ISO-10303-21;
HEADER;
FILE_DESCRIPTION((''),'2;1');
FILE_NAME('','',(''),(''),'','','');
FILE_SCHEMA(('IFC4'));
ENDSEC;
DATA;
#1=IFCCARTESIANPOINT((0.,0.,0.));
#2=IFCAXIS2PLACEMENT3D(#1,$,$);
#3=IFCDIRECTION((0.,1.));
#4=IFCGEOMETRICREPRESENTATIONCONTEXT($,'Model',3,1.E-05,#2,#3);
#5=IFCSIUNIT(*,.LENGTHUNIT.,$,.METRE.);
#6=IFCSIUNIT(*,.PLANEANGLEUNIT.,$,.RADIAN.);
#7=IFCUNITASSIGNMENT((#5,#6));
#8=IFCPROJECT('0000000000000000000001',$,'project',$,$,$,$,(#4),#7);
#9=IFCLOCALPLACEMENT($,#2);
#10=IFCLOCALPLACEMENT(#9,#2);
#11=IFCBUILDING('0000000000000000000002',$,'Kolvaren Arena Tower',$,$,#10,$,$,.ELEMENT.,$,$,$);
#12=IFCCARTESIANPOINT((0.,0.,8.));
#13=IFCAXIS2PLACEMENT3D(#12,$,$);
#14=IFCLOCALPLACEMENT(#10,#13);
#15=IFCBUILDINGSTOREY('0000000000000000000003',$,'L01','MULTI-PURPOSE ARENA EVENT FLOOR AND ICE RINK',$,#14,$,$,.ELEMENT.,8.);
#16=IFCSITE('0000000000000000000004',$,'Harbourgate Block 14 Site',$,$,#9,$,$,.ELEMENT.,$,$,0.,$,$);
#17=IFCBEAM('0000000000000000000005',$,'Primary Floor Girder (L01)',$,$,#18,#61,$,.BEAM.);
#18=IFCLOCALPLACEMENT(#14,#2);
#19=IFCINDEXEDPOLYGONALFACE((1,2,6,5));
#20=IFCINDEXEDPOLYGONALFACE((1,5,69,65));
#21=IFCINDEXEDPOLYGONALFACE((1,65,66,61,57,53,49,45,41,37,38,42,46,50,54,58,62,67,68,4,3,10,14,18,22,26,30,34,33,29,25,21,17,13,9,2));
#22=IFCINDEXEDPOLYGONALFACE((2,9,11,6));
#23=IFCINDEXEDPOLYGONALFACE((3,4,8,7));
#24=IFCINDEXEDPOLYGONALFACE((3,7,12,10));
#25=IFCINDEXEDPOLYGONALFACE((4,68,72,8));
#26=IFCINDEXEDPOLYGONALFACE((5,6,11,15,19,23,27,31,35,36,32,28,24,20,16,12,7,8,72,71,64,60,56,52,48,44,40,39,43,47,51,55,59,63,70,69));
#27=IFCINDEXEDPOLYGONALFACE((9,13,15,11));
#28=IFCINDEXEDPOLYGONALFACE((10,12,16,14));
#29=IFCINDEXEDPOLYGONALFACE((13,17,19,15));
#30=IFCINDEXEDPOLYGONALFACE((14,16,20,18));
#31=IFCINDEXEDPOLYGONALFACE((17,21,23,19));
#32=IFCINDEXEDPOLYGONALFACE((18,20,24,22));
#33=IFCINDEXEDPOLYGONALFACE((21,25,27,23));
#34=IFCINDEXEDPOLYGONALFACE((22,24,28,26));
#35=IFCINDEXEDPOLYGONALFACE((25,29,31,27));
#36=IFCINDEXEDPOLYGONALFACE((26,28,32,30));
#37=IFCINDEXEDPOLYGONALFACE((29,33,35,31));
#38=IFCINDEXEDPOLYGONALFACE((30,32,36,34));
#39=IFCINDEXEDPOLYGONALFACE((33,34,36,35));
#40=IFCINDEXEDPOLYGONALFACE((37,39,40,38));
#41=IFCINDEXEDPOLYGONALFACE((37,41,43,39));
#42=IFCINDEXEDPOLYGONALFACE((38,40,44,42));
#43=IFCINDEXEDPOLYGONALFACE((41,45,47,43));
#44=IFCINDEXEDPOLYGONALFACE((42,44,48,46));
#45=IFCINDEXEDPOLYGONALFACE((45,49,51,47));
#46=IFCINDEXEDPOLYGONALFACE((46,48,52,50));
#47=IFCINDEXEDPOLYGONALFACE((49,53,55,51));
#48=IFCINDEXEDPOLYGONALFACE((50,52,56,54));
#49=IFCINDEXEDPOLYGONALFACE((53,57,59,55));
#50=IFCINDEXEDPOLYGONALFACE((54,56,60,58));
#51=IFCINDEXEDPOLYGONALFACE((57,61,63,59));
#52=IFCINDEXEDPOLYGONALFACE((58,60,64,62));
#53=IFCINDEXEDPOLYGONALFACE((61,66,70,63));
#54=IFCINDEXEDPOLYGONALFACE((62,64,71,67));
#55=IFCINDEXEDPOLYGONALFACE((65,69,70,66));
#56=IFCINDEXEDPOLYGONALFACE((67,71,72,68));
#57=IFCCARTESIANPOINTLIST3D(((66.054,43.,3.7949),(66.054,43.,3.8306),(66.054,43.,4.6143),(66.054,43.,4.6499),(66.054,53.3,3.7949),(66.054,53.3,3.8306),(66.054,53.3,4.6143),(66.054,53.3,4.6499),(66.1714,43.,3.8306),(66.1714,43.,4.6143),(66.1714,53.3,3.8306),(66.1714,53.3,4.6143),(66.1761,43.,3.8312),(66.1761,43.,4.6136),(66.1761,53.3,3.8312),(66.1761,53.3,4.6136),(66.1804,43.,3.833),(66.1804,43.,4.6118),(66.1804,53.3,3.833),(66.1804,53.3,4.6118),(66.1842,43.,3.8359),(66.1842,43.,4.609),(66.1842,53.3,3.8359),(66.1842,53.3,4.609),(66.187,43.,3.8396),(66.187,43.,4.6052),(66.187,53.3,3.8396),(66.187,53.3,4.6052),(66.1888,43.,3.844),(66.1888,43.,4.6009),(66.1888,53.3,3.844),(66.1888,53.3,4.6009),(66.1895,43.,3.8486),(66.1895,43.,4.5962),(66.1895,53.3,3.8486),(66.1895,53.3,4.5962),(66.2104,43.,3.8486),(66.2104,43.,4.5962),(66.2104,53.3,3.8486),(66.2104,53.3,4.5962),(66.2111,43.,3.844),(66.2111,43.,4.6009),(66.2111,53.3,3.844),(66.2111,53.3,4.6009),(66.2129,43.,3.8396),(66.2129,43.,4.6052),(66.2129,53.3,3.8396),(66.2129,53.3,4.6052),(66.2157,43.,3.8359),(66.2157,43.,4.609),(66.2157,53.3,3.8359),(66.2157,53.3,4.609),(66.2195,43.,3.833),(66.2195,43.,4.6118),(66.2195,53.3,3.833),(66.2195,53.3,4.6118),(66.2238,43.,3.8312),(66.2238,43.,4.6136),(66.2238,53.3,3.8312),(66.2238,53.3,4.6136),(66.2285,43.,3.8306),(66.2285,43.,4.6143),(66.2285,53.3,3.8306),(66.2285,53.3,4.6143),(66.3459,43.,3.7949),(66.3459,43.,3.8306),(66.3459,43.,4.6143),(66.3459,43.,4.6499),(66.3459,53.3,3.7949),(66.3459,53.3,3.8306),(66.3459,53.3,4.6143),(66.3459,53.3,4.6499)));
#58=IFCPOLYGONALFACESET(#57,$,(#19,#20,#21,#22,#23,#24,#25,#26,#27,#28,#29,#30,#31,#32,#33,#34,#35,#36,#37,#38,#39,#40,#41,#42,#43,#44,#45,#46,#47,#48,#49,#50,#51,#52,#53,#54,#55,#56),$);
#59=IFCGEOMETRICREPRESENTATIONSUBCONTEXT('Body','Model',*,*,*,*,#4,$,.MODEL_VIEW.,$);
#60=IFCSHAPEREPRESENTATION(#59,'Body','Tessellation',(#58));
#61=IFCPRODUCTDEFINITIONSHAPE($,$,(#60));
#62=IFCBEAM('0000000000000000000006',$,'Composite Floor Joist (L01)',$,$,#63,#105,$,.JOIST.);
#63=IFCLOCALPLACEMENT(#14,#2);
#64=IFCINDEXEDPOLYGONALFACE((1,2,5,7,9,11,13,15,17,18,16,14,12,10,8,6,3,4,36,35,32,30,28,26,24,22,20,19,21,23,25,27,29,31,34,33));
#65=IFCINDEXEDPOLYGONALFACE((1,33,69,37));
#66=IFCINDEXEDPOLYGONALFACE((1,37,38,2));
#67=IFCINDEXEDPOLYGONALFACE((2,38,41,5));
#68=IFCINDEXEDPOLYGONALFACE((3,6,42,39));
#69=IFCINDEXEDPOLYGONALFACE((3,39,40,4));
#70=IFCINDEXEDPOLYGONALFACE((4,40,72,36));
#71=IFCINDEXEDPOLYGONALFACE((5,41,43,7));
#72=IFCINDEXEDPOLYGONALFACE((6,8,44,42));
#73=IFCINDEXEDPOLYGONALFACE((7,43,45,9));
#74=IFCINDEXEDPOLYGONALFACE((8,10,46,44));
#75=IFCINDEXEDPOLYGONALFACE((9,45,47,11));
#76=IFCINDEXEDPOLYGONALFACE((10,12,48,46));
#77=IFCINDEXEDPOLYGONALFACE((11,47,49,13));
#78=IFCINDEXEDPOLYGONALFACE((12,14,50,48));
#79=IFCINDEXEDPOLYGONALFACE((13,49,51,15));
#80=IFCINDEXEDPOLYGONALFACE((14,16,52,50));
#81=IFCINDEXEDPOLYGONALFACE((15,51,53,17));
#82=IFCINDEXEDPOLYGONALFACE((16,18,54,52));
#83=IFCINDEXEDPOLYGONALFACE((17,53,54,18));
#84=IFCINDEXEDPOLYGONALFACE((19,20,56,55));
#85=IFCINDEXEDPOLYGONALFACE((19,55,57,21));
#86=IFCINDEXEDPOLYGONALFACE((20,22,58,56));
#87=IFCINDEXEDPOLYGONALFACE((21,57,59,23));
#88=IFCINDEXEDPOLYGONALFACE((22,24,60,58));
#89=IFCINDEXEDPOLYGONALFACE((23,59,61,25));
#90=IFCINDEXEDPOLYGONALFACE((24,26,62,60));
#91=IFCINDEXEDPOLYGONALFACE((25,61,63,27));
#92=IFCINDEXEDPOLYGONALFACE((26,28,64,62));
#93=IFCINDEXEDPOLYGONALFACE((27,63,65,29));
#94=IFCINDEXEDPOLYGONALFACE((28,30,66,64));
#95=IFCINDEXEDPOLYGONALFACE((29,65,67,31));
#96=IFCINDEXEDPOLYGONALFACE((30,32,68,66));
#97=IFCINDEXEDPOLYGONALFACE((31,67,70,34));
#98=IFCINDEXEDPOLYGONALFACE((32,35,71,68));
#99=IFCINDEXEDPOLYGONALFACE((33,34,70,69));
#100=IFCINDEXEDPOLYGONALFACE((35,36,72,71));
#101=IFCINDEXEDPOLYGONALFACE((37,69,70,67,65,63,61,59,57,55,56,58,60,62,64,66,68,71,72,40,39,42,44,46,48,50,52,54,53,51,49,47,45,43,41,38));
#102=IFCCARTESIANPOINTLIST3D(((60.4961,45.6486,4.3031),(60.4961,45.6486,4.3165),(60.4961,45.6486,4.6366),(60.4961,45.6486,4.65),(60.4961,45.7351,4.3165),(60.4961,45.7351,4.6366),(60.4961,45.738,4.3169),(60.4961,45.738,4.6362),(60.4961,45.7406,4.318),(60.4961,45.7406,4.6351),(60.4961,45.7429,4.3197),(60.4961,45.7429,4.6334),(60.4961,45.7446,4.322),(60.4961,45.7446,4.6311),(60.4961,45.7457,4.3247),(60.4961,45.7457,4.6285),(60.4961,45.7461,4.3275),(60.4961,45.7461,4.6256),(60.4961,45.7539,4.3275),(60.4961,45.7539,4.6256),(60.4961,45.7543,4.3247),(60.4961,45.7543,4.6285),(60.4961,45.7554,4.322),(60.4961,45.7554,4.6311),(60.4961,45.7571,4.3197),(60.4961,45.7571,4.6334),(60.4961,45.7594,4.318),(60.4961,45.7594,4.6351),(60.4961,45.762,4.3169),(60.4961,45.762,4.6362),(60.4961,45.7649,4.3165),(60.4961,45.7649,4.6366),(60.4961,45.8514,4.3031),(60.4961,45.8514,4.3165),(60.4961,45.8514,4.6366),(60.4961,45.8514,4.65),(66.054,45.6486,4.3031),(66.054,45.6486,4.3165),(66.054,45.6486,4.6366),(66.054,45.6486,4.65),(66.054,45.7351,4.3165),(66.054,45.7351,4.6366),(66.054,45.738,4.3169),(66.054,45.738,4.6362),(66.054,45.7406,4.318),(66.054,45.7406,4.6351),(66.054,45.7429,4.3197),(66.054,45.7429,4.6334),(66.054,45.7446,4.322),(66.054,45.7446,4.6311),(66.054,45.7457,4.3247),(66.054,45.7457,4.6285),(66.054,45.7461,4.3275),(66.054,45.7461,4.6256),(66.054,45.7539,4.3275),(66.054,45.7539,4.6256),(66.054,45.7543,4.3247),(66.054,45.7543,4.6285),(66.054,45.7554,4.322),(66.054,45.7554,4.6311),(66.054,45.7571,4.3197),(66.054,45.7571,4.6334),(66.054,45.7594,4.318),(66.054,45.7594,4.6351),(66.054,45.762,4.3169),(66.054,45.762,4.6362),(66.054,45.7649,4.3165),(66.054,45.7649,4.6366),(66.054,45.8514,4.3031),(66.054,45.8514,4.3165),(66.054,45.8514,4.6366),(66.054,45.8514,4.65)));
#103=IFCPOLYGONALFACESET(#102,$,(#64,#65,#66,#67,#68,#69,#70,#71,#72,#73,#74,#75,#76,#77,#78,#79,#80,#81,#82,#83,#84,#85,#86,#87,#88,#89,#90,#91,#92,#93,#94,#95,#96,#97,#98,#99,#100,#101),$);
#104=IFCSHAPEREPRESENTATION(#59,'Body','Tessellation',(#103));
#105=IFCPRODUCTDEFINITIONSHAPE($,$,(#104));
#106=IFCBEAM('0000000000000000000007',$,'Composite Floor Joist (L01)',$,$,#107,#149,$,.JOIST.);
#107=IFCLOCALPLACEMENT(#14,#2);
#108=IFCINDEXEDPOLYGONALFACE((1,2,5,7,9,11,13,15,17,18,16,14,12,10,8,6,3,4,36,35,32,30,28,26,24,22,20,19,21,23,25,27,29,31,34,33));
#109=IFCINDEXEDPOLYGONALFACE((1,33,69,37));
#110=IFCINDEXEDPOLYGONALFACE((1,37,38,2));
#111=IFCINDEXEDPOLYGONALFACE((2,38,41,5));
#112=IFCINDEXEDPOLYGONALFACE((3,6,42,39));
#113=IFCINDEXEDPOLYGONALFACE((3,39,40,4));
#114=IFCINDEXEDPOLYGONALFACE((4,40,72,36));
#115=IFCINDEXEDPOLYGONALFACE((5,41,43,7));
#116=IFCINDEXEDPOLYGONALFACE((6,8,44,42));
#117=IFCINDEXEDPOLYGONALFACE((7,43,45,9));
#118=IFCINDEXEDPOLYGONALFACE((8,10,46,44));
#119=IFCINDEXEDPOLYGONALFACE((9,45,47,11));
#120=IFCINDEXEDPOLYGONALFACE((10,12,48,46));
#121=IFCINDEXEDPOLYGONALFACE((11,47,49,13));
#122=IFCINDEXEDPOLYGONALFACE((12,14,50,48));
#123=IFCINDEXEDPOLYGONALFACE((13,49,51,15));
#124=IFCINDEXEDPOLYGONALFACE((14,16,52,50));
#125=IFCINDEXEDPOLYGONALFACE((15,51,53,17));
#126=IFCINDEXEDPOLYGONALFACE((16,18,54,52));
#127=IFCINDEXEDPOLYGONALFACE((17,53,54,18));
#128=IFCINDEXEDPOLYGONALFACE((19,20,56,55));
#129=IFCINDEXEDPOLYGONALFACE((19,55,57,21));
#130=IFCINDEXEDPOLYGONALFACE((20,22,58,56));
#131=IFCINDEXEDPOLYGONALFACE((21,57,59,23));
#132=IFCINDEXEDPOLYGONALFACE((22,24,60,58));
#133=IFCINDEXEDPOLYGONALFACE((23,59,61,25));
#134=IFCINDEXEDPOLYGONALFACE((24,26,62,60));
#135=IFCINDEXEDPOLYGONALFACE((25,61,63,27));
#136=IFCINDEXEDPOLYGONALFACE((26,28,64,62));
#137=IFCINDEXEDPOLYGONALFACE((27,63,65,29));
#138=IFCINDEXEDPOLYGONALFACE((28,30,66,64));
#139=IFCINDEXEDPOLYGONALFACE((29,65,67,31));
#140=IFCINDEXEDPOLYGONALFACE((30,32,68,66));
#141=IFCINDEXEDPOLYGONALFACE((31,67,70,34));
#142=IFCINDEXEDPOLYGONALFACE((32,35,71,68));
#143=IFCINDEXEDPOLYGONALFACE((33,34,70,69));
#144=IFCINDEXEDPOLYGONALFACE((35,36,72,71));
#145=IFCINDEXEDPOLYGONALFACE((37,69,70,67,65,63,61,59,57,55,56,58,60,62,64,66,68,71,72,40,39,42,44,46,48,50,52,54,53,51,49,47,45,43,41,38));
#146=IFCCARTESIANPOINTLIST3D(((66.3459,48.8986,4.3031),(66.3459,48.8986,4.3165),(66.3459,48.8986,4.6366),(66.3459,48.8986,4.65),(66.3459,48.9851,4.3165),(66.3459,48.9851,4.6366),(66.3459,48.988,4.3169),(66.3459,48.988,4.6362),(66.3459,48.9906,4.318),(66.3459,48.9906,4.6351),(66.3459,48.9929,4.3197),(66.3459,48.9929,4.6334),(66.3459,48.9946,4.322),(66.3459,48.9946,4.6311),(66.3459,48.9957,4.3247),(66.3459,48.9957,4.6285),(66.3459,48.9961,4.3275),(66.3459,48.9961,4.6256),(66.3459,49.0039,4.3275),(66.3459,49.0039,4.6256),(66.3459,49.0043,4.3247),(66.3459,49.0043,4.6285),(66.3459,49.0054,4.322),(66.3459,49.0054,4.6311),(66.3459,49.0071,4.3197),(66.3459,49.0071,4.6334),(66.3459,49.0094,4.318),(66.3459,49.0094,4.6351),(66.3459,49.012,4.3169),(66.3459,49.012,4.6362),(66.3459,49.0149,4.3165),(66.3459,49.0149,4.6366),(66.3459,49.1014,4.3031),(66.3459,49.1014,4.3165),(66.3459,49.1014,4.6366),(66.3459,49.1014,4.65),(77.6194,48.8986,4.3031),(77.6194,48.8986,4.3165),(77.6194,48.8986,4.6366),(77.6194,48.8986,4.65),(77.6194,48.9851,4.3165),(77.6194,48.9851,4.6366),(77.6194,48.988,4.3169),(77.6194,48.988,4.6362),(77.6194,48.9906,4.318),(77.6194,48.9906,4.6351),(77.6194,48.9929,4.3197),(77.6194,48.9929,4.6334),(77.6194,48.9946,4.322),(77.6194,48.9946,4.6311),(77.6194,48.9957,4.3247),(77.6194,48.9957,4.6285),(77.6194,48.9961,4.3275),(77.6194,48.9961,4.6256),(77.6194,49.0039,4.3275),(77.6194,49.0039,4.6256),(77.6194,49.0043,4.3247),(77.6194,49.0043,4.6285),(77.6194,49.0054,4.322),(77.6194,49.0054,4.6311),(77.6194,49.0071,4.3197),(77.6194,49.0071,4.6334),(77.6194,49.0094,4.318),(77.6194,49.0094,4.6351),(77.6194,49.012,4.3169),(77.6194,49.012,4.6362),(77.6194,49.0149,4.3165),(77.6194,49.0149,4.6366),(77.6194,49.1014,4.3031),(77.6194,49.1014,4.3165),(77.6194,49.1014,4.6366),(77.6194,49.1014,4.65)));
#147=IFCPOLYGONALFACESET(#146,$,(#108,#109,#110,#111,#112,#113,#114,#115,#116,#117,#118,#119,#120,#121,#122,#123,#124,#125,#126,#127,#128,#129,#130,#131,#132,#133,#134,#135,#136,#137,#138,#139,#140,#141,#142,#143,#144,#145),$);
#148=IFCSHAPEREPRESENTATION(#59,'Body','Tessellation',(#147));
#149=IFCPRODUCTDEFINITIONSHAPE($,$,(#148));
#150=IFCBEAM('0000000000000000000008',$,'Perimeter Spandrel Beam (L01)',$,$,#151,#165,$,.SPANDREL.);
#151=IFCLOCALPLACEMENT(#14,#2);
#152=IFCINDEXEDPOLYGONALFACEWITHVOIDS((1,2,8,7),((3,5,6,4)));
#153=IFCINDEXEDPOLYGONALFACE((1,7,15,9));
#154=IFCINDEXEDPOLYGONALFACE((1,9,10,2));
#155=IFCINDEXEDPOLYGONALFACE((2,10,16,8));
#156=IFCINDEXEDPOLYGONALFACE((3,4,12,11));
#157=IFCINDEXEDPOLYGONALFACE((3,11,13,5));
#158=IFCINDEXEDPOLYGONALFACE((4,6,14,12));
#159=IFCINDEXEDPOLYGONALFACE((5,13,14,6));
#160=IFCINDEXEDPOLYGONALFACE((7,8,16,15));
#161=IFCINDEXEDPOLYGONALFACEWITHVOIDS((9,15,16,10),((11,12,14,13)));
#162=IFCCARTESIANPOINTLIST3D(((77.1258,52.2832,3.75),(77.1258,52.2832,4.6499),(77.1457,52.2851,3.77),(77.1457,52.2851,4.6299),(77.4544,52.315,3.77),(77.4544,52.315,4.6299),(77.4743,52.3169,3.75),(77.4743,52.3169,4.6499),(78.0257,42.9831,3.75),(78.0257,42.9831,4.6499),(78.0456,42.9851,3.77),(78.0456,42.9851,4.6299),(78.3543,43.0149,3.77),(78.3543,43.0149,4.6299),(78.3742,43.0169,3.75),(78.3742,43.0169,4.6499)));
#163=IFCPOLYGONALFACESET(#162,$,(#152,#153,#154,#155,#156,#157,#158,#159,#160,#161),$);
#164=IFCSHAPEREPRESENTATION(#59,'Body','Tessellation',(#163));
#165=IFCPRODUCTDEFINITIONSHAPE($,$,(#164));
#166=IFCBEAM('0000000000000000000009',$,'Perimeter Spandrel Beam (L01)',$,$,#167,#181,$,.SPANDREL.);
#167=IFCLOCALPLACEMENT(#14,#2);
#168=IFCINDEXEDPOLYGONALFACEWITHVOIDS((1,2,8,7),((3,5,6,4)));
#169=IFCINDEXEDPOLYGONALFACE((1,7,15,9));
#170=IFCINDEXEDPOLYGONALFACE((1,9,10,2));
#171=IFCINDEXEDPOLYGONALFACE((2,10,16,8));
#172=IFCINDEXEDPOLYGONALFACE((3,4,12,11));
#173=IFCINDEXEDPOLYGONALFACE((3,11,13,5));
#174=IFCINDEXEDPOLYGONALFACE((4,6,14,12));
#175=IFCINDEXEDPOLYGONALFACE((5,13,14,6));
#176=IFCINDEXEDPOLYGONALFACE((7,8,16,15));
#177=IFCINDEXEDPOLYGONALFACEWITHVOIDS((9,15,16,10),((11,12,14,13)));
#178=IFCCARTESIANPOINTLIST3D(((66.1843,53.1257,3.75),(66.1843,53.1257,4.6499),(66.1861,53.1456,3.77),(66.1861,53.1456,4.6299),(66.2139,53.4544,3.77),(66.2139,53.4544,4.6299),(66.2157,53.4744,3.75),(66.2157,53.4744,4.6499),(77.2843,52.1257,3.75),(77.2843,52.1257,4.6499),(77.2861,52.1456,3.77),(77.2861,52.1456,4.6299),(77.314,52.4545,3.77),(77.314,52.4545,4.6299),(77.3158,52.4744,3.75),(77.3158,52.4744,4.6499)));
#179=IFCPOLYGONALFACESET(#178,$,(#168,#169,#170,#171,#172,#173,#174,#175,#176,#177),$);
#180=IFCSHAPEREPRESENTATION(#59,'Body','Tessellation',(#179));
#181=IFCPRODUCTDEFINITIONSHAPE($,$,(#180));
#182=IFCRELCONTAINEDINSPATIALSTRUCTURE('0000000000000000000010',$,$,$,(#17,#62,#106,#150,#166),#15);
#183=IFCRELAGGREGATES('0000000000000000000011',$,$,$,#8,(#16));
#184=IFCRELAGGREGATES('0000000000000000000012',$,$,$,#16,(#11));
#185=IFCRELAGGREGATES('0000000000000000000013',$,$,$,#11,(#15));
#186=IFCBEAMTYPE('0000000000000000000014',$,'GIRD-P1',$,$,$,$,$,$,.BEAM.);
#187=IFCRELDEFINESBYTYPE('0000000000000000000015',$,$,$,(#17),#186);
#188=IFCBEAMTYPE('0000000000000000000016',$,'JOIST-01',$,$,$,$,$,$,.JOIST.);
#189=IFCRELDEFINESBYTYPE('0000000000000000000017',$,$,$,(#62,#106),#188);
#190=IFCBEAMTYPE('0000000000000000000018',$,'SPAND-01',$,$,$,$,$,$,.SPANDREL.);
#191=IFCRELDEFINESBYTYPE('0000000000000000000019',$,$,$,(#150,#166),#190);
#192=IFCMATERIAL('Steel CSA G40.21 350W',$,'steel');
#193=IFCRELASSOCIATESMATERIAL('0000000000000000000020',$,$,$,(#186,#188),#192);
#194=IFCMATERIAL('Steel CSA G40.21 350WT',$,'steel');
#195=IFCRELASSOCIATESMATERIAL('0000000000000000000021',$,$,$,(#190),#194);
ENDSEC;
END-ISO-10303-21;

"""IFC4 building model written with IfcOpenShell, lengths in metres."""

from ifc_helpers import new_model, si_unit, direction, frame, origin, origin_2d, place, context, subcontext, project, spatial, hollow_rectangle, i_section, extrude, material, material_profile, profile_set, type_object, element, save


model = new_model("IFC4")

# Units and contexts
model_context = context("Model", 3, precision=1e-05, world=origin(), true_north=direction((0.0, 1.0)))
body_context = subcontext(model_context, "Body", "Model", "MODEL_VIEW")
ifc_project = project(units=[si_unit("LENGTHUNIT", "METRE"), si_unit("PLANEANGLEUNIT", "RADIAN")], contexts=[model_context])

# Site, building, storey
site_placement = place(None, origin())
site = spatial("IfcSite", under=ifc_project, at=site_placement, Name="Harbourgate Block 14 Site", CompositionType="ELEMENT", RefElevation=0.0)
building_placement = place(site_placement, origin())
building = spatial("IfcBuilding", under=site, at=building_placement, Name="Kolvaren Arena Tower", CompositionType="ELEMENT")
storey_placement = place(building_placement, frame((0.0, 0.0, 8.0)))
storey = spatial("IfcBuildingStorey", under=building, at=storey_placement, Name="L01", Description="MULTI-PURPOSE ARENA EVENT FLOOR AND ICE RINK", CompositionType="ELEMENT", Elevation=8.0)

# Beams
ifc_material_1 = material(Name="Steel CSA G40.21 350W", Category="steel")
ifc_material_profile_1 = material_profile(ifc_material_1, i_section(OverallWidth=0.292, OverallDepth=0.855, WebThickness=0.021, FlangeThickness=0.0356, FilletRadius=0.0181, at=origin_2d()), Name="W840x299")
ifc_profile_set_1 = profile_set([ifc_material_profile_1], Name="Steel CSA G40.21 350W")
beam_type_1 = type_object("IfcBeamType", Name="GIRD-P1", PredefinedType="BEAM", material=ifc_profile_set_1)
beam_1_placement = place(storey_placement, frame((66.2, 43.0, 4.2224), z_axis=(0.0, 1.0, 0.0), x_axis=(-1.0, 0.0, 0.0)))
element("IfcBeam", 1, at=beam_1_placement, inside=storey, type_object=beam_type_1, Name="Primary Floor Girder (L01)", PredefinedType="BEAM", context=body_context, shape_type="SweptSolid", body=[
    extrude(i_section(OverallWidth=0.292, OverallDepth=0.855, WebThickness=0.021, FlangeThickness=0.0356, FilletRadius=0.0181, at=origin_2d()), origin(), (0.0, 0.0, 1.0), 10.3),
])
ifc_material_profile_2 = material_profile(ifc_material_1, i_section(OverallWidth=0.2029, OverallDepth=0.3469, WebThickness=0.0078, FlangeThickness=0.0134, FilletRadius=0.011, at=origin_2d()), Name="W360x64")
ifc_profile_set_2 = profile_set([ifc_material_profile_2], Name="Steel CSA G40.21 350W")
beam_type_2 = type_object("IfcBeamType", Name="JOIST-01", PredefinedType="JOIST", material=ifc_profile_set_2)
beam_2_placement = place(storey_placement, frame((60.4961, 45.75, 4.4766), z_axis=(1.0, 0.0, 0.0), x_axis=(0.0, 1.0, 0.0)))
element("IfcBeam", 2, at=beam_2_placement, inside=storey, type_object=beam_type_2, Name="Composite Floor Joist (L01)", PredefinedType="JOIST", context=body_context, shape_type="SweptSolid", body=[
    extrude(i_section(OverallWidth=0.2029, OverallDepth=0.3469, WebThickness=0.0078, FlangeThickness=0.0134, FilletRadius=0.011, at=origin_2d()), origin(), (0.0, 0.0, 1.0), 5.5579),
])
beam_3_placement = place(storey_placement, frame((66.3459, 49.0, 4.4766), z_axis=(1.0, 0.0, 0.0), x_axis=(0.0, 1.0, 0.0)))
element("IfcBeam", 3, at=beam_3_placement, inside=storey, type_object=beam_type_2, Name="Composite Floor Joist (L01)", PredefinedType="JOIST", context=body_context, shape_type="SweptSolid", body=[
    extrude(i_section(OverallWidth=0.2029, OverallDepth=0.3469, WebThickness=0.0078, FlangeThickness=0.0134, FilletRadius=0.011, at=origin_2d()), origin(), (0.0, 0.0, 1.0), 11.2734),
])
ifc_material_2 = material(Name="Steel CSA G40.21 350WT", Category="steel")
ifc_material_profile_3 = material_profile(ifc_material_2, hollow_rectangle(XDim=0.3501, YDim=0.8999, WallThickness=0.02, at=origin_2d()), Name="HSS 900x350x20")
ifc_profile_set_3 = profile_set([ifc_material_profile_3], Name="Steel CSA G40.21 350WT")
beam_type_3 = type_object("IfcBeamType", Name="SPAND-01", PredefinedType="SPANDREL", material=ifc_profile_set_3)
beam_4_placement = place(storey_placement, frame((78.2, 43.0, 4.2), z_axis=(-0.096313, 0.995351, 0.0), x_axis=(-0.995351, -0.096313, 0.0)))
element("IfcBeam", 4, at=beam_4_placement, inside=storey, type_object=beam_type_3, Name="Perimeter Spandrel Beam (L01)", PredefinedType="SPANDREL", context=body_context, shape_type="SweptSolid", body=[
    extrude(hollow_rectangle(XDim=0.3501, YDim=0.8999, WallThickness=0.02, at=origin_2d()), origin(), (0.0, 0.0, 1.0), 9.3435),
])
beam_5_placement = place(storey_placement, frame((77.3, 52.3, 4.2), z_axis=(-0.995966, 0.089726, 0.0), x_axis=(-0.089726, -0.995966, 0.0)))
element("IfcBeam", 5, at=beam_5_placement, inside=storey, type_object=beam_type_3, Name="Perimeter Spandrel Beam (L01)", PredefinedType="SPANDREL", context=body_context, shape_type="SweptSolid", body=[
    extrude(hollow_rectangle(XDim=0.3501, YDim=0.8999, WallThickness=0.02, at=origin_2d()), origin(), (0.0, 0.0, 1.0), 11.145),
])

save(model, "model.ifc")
